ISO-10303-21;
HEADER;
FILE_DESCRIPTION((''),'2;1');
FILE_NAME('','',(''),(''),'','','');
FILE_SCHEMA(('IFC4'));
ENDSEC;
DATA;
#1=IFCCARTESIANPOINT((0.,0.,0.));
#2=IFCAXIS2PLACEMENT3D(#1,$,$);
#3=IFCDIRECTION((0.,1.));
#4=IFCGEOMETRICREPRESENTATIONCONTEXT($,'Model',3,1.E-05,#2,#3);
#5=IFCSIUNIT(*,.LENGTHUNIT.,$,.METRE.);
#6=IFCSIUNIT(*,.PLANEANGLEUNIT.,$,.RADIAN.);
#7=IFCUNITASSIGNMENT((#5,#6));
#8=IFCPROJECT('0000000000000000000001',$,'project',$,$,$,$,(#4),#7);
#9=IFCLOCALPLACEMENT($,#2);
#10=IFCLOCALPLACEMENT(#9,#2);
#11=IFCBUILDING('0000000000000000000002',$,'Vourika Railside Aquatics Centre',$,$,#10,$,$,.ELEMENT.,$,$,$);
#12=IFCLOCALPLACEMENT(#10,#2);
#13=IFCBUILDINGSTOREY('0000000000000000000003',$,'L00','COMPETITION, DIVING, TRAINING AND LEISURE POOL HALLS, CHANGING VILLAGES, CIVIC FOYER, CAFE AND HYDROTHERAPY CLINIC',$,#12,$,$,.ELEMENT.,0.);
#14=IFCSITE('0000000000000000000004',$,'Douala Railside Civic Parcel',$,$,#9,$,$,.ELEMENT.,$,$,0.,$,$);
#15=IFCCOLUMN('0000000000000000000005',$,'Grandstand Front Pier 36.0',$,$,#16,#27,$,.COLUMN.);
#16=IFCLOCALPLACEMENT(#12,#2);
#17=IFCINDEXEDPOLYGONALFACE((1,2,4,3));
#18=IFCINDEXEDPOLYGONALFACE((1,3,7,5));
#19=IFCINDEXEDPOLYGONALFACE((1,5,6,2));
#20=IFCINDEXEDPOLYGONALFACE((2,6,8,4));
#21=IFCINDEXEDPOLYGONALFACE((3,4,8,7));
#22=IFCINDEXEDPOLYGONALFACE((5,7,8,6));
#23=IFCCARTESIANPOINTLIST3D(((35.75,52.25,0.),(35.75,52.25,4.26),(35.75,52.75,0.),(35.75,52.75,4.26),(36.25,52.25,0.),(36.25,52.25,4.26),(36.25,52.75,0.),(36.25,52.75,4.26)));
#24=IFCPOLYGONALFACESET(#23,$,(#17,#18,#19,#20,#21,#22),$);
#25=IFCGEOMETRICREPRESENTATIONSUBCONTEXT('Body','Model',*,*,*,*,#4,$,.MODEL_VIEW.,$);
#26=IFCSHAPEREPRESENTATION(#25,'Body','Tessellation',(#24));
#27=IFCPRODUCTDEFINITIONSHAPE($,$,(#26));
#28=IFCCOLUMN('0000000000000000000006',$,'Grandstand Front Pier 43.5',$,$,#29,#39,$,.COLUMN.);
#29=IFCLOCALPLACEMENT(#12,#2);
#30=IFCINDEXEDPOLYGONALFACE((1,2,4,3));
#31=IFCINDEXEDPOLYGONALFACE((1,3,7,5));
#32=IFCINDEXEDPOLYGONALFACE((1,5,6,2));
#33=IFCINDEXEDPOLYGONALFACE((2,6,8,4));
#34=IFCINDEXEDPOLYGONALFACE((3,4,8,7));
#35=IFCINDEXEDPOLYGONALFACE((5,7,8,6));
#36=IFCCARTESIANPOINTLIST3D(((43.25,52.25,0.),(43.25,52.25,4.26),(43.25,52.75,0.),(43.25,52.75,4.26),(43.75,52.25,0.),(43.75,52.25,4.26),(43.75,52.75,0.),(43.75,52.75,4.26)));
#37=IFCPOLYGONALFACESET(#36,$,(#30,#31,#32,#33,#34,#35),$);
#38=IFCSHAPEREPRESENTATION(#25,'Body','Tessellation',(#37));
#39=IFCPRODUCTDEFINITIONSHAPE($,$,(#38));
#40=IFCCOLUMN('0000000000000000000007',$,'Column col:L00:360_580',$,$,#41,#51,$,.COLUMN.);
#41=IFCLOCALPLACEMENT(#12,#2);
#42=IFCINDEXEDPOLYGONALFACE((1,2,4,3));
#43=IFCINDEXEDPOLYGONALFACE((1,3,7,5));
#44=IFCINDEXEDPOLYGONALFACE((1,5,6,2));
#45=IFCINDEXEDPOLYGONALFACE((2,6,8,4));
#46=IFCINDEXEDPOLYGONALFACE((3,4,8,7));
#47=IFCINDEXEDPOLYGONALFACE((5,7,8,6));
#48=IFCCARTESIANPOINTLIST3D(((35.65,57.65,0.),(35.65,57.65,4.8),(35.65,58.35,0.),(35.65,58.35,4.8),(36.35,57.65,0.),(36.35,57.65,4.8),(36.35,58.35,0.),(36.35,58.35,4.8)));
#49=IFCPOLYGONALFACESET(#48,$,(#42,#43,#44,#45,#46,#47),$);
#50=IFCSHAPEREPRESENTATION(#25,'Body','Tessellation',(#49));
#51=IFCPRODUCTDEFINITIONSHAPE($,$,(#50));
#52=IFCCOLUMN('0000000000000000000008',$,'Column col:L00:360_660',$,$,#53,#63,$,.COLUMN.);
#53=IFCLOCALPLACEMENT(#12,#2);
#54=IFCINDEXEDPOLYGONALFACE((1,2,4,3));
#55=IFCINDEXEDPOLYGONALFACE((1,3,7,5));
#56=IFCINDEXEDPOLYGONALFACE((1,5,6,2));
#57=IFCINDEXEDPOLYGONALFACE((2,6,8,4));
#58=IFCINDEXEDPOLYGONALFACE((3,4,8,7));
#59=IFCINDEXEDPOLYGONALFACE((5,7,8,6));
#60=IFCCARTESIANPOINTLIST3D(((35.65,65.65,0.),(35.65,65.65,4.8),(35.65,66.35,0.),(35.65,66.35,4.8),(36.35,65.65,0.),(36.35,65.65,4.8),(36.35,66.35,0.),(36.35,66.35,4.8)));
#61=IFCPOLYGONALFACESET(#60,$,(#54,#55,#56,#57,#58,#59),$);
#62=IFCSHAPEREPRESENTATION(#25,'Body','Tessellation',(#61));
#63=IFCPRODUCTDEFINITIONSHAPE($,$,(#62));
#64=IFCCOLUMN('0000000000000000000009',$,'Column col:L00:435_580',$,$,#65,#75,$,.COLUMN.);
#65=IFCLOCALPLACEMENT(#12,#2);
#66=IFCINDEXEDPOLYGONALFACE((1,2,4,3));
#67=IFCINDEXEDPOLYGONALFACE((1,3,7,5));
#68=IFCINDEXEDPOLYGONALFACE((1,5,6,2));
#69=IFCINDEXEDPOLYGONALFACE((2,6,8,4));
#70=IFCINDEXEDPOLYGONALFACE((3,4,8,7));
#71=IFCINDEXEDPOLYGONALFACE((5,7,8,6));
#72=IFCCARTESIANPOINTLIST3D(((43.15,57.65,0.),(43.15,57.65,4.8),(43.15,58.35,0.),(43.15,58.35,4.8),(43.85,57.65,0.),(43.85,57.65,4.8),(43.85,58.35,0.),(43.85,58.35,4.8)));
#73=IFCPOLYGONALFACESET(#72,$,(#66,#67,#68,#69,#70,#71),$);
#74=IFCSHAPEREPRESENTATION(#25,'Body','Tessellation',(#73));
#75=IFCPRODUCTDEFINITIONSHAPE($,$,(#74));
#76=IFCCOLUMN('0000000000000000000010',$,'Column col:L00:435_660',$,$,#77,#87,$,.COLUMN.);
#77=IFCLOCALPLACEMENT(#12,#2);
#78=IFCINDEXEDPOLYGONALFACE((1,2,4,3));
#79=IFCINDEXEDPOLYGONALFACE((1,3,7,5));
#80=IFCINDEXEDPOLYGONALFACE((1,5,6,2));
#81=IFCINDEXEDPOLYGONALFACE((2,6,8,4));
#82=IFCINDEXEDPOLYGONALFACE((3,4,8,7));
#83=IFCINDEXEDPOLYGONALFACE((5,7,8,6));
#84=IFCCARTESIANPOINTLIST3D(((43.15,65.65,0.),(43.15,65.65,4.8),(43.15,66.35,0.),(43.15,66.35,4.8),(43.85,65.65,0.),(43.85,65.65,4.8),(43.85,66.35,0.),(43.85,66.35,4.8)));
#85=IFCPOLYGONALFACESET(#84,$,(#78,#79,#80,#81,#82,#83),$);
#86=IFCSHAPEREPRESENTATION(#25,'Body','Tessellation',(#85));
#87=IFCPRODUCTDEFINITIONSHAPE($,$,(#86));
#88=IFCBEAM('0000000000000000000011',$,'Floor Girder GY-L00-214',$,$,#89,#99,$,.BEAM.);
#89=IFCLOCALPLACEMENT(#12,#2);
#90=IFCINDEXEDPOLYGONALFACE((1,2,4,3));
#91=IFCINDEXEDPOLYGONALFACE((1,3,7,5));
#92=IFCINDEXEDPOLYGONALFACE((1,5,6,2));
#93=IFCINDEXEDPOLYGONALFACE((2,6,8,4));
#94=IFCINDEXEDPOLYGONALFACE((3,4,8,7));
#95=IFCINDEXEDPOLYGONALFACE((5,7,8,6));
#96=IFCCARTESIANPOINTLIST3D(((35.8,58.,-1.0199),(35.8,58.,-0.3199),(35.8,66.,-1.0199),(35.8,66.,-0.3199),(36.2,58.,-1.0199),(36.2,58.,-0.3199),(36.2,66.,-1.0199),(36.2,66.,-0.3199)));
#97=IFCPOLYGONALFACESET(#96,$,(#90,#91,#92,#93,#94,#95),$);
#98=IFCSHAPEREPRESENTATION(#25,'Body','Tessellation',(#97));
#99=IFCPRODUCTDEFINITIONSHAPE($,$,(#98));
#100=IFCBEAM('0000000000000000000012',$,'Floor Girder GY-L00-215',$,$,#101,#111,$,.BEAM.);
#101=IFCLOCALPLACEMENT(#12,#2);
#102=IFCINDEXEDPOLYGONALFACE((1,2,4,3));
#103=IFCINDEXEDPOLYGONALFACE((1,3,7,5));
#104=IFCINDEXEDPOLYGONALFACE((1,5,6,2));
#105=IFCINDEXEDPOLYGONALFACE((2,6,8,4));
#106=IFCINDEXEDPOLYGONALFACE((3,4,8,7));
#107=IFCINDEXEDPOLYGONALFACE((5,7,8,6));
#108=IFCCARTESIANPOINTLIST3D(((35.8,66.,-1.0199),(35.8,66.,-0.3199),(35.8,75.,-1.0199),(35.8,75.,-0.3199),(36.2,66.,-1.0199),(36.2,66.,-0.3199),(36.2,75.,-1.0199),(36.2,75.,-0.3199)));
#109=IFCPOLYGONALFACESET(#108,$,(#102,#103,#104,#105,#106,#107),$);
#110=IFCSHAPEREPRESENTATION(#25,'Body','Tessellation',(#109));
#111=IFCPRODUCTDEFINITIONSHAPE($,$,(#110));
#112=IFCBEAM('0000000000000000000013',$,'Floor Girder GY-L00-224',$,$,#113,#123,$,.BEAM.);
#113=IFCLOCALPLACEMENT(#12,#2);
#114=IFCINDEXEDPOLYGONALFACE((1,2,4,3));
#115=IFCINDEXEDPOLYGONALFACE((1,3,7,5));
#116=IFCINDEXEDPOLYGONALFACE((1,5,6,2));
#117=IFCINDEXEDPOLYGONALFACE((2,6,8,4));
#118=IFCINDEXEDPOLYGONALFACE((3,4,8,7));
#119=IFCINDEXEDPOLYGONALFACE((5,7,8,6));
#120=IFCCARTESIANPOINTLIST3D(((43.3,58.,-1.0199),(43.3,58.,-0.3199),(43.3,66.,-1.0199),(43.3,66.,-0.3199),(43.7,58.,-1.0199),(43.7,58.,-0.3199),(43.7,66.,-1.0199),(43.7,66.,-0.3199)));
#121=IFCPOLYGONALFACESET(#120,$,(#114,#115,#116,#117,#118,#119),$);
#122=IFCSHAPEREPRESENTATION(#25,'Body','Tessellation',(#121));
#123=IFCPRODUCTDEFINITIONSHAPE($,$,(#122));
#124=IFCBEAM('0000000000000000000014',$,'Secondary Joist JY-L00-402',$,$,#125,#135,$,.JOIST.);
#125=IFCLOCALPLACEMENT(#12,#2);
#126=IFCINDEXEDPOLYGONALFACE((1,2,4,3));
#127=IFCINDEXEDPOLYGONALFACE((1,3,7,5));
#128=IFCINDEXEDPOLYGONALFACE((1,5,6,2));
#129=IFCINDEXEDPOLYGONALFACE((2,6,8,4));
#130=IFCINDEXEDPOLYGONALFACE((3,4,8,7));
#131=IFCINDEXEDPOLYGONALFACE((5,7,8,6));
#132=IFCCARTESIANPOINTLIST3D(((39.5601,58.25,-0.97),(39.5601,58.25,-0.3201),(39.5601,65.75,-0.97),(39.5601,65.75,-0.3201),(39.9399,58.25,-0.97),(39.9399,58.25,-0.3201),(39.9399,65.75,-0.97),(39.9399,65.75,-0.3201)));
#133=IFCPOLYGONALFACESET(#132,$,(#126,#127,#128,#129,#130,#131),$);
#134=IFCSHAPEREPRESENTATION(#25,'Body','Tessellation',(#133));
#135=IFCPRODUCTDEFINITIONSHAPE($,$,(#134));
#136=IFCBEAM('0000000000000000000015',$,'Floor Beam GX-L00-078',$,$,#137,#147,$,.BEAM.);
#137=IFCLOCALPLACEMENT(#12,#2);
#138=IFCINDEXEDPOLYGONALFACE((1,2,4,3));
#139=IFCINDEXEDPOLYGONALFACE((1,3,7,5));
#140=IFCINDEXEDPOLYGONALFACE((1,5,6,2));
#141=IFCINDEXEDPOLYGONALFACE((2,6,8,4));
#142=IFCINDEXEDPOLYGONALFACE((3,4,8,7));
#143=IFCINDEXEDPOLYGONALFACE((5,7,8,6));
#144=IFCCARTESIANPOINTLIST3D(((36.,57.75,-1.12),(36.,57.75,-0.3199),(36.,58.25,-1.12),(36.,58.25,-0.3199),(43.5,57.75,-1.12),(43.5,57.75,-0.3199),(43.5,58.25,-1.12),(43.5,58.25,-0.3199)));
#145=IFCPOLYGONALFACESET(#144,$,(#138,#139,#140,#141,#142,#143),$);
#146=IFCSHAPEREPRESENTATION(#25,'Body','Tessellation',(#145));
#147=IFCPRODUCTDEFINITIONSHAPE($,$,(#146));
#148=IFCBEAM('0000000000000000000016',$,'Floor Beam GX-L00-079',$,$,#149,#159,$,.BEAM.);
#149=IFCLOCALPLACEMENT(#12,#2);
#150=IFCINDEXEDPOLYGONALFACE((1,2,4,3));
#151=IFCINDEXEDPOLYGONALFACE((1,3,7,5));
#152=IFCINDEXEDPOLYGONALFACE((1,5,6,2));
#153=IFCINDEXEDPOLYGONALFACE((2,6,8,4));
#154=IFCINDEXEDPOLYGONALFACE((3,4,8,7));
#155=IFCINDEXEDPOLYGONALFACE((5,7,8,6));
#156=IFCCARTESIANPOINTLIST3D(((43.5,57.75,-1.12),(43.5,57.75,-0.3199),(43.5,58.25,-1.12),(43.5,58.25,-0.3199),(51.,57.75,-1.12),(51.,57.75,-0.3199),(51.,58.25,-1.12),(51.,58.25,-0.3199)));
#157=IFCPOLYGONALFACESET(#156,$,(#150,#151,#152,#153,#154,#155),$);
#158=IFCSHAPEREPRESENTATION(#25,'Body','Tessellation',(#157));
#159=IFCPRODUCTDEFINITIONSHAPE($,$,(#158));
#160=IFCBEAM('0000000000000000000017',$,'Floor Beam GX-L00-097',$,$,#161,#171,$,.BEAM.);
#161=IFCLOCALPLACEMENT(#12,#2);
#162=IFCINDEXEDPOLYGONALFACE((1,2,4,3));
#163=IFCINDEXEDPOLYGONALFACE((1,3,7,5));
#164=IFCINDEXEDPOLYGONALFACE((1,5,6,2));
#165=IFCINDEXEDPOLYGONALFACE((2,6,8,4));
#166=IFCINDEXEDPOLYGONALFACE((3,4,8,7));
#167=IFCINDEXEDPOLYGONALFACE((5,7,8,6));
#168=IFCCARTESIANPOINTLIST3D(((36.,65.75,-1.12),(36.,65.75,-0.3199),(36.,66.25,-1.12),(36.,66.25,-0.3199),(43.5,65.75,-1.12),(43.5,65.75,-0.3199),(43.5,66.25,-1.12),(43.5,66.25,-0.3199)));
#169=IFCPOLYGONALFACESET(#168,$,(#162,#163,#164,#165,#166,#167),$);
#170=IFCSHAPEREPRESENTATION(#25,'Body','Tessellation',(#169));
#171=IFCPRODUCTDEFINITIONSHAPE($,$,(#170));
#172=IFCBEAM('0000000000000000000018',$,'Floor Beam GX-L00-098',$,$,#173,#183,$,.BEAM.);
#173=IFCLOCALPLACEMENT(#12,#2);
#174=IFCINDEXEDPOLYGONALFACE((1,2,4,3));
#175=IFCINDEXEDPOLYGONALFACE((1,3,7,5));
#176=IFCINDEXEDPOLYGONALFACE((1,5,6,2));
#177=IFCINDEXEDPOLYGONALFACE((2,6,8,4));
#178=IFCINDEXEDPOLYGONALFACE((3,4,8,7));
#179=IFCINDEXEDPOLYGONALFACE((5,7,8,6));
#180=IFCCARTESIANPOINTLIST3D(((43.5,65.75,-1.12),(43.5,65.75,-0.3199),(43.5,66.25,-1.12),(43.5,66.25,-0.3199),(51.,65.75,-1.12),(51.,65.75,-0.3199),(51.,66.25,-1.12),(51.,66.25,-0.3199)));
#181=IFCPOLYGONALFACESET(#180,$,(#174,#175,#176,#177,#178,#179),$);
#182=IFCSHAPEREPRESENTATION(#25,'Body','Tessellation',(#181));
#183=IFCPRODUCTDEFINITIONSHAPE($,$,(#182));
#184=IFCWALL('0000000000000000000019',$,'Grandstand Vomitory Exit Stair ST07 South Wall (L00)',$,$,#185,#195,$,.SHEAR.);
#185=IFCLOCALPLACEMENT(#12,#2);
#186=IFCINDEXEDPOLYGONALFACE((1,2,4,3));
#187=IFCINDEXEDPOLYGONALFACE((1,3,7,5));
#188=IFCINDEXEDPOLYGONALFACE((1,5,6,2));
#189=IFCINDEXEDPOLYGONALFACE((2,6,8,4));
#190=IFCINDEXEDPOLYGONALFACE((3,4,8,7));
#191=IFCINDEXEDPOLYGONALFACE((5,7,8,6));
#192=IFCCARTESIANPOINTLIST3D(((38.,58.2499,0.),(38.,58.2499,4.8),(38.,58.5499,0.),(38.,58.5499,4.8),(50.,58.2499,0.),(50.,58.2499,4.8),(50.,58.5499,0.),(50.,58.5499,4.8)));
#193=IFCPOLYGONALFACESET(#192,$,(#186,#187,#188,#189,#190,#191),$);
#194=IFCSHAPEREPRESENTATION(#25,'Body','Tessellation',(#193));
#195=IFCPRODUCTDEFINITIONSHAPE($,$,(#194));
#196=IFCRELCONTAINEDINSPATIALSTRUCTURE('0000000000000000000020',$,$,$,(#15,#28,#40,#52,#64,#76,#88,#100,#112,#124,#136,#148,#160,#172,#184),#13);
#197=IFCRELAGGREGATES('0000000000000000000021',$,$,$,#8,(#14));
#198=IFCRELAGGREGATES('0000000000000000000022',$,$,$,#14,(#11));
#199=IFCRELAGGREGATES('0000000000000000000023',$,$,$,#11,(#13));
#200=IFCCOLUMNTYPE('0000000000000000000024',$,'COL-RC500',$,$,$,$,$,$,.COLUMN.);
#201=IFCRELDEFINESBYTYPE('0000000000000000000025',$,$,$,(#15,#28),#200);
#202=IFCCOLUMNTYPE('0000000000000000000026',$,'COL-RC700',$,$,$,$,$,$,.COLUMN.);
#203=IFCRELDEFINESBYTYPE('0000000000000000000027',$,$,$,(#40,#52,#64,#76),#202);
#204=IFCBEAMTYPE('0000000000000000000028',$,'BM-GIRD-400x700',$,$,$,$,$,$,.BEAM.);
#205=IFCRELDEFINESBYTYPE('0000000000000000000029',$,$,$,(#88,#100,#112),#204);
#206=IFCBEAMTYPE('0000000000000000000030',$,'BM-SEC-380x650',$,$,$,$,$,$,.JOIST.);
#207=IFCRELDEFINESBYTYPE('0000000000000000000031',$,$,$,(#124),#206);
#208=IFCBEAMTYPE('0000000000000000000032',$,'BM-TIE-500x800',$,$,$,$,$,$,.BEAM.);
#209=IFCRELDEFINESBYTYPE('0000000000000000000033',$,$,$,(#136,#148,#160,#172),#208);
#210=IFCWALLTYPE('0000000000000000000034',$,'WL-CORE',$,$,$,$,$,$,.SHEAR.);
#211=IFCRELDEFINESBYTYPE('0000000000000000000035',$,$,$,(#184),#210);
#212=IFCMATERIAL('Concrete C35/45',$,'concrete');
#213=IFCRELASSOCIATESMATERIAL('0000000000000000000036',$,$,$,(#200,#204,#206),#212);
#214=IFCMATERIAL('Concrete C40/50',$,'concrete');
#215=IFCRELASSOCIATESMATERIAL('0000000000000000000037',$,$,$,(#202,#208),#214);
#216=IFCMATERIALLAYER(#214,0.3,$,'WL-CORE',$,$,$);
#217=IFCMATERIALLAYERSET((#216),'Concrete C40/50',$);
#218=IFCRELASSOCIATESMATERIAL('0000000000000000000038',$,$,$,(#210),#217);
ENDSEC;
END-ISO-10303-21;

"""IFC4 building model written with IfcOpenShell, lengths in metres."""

from ifc_helpers import new_model, si_unit, direction, frame, frame_2d, origin, origin_2d, place, context, subcontext, project, spatial, rectangle, extrude, material, layer, layer_set, material_profile, profile_set, type_object, element, save


model = new_model("IFC4")

# Units and contexts
model_context = context("Model", 3, precision=1e-05, world=origin(), true_north=direction((0.0, 1.0)))
body_context = subcontext(model_context, "Body", "Model", "MODEL_VIEW")
ifc_project = project(units=[si_unit("LENGTHUNIT", "METRE"), si_unit("PLANEANGLEUNIT", "RADIAN")], contexts=[model_context])

# Site, building, storey
site_placement = place(None, origin())
site = spatial("IfcSite", under=ifc_project, at=site_placement, Name="Douala Railside Civic Parcel", CompositionType="ELEMENT", RefElevation=0.0)
building_placement = place(site_placement, origin())
building = spatial("IfcBuilding", under=site, at=building_placement, Name="Vourika Railside Aquatics Centre", CompositionType="ELEMENT")
storey_placement = place(building_placement, origin())
storey = spatial("IfcBuildingStorey", under=building, at=storey_placement, Name="L00", Description="COMPETITION, DIVING, TRAINING AND LEISURE POOL HALLS, CHANGING VILLAGES, CIVIC FOYER, CAFE AND HYDROTHERAPY CLINIC", CompositionType="ELEMENT", Elevation=0.0)

# Columns
ifc_material_1 = material(Name="Concrete C35/45", Category="concrete")
ifc_material_profile_1 = material_profile(ifc_material_1, rectangle(XDim=0.5, YDim=0.5, at=origin_2d()), Name="RC 500x500")
ifc_profile_set_1 = profile_set([ifc_material_profile_1], Name="Concrete C35/45")
column_type_1 = type_object("IfcColumnType", Name="COL-RC500", PredefinedType="COLUMN", material=ifc_profile_set_1)
for number, where, z_axis, x_axis, name in (
    (1, (36.0, 52.5, 0.0), (0.0, 0.0, 1.0), (1.0, 0.0, 0.0), "Grandstand Front Pier 36.0"),
    (2, (43.5, 52.5, 0.0), (0.0, 0.0, 1.0), (1.0, 0.0, 0.0), "Grandstand Front Pier 43.5"),
):
    element("IfcColumn", number, at=place(storey_placement, frame(where, z_axis=z_axis, x_axis=x_axis)), inside=storey, type_object=column_type_1, Name=name, PredefinedType="COLUMN", context=body_context, shape_type="SweptSolid", body=[
        extrude(rectangle(XDim=0.5, YDim=0.5, at=origin_2d()), origin(), (0.0, 0.0, 1.0), 4.26),
    ])
ifc_material_2 = material(Name="Concrete C40/50", Category="concrete")
ifc_material_profile_2 = material_profile(ifc_material_2, rectangle(XDim=0.7, YDim=0.7, at=origin_2d()), Name="RC 700x700")
ifc_profile_set_2 = profile_set([ifc_material_profile_2], Name="Concrete C40/50")
column_type_2 = type_object("IfcColumnType", Name="COL-RC700", PredefinedType="COLUMN", material=ifc_profile_set_2)
for number, where, z_axis, x_axis, name in (
    (3, (36.0, 58.0, 0.0), (0.0, 0.0, 1.0), (1.0, 0.0, 0.0), "Column col:L00:360_580"),
    (4, (36.0, 66.0, 0.0), (0.0, 0.0, 1.0), (1.0, 0.0, 0.0), "Column col:L00:360_660"),
    (5, (43.5, 58.0, 0.0), (0.0, 0.0, 1.0), (1.0, 0.0, 0.0), "Column col:L00:435_580"),
    (6, (43.5, 66.0, 0.0), (0.0, 0.0, 1.0), (1.0, 0.0, 0.0), "Column col:L00:435_660"),
):
    element("IfcColumn", number, at=place(storey_placement, frame(where, z_axis=z_axis, x_axis=x_axis)), inside=storey, type_object=column_type_2, Name=name, PredefinedType="COLUMN", context=body_context, shape_type="SweptSolid", body=[
        extrude(rectangle(XDim=0.7, YDim=0.7, at=origin_2d()), origin(), (0.0, 0.0, 1.0), 4.8),
    ])

# Beams
ifc_material_profile_3 = material_profile(ifc_material_1, rectangle(XDim=0.3999, YDim=0.7, at=origin_2d()), Name="RC 400x700")
ifc_profile_set_3 = profile_set([ifc_material_profile_3], Name="Concrete C35/45")
beam_type_1 = type_object("IfcBeamType", Name="BM-GIRD-400x700", PredefinedType="BEAM", material=ifc_profile_set_3)
beam_1_placement = place(storey_placement, frame((36.0, 58.0, -0.6699), z_axis=(0.0, 1.0, 0.0), x_axis=(-1.0, 0.0, 0.0)))
element("IfcBeam", 7, at=beam_1_placement, inside=storey, type_object=beam_type_1, Name="Floor Girder GY-L00-214", PredefinedType="BEAM", context=body_context, shape_type="SweptSolid", body=[
    extrude(rectangle(XDim=0.3999, YDim=0.7, at=origin_2d()), origin(), (0.0, 0.0, 1.0), 8.0),
])
beam_2_placement = place(storey_placement, frame((36.0, 66.0, -0.6699), z_axis=(0.0, 1.0, 0.0), x_axis=(-1.0, 0.0, 0.0)))
element("IfcBeam", 8, at=beam_2_placement, inside=storey, type_object=beam_type_1, Name="Floor Girder GY-L00-215", PredefinedType="BEAM", context=body_context, shape_type="SweptSolid", body=[
    extrude(rectangle(XDim=0.3999, YDim=0.7, at=origin_2d()), origin(), (0.0, 0.0, 1.0), 9.0),
])
beam_3_placement = place(storey_placement, frame((43.5, 58.0, -0.6699), z_axis=(0.0, 1.0, 0.0), x_axis=(-1.0, 0.0, 0.0)))
element("IfcBeam", 9, at=beam_3_placement, inside=storey, type_object=beam_type_1, Name="Floor Girder GY-L00-224", PredefinedType="BEAM", context=body_context, shape_type="SweptSolid", body=[
    extrude(rectangle(XDim=0.3999, YDim=0.7, at=origin_2d()), origin(), (0.0, 0.0, 1.0), 8.0),
])
ifc_material_profile_4 = material_profile(ifc_material_1, rectangle(XDim=0.3799, YDim=0.6499, at=origin_2d()), Name="RC 380x650")
ifc_profile_set_4 = profile_set([ifc_material_profile_4], Name="Concrete C35/45")
beam_type_2 = type_object("IfcBeamType", Name="BM-SEC-380x650", PredefinedType="JOIST", material=ifc_profile_set_4)
beam_4_placement = place(storey_placement, frame((39.75, 58.25, -0.645), z_axis=(0.0, 1.0, 0.0), x_axis=(-1.0, 0.0, 0.0)))
element("IfcBeam", 10, at=beam_4_placement, inside=storey, type_object=beam_type_2, Name="Secondary Joist JY-L00-402", PredefinedType="JOIST", context=body_context, shape_type="SweptSolid", body=[
    extrude(rectangle(XDim=0.3799, YDim=0.6499, at=origin_2d()), origin(), (0.0, 0.0, 1.0), 7.5),
])
ifc_material_profile_5 = material_profile(ifc_material_2, rectangle(XDim=0.5, YDim=0.8, at=origin_2d()), Name="RC 500x800")
ifc_profile_set_5 = profile_set([ifc_material_profile_5], Name="Concrete C40/50")
beam_type_3 = type_object("IfcBeamType", Name="BM-TIE-500x800", PredefinedType="BEAM", material=ifc_profile_set_5)
for number, where, z_axis, x_axis, name in (
    (11, (36.0, 58.0, -0.72), (1.0, 0.0, 0.0), (0.0, 1.0, 0.0), "Floor Beam GX-L00-078"),
    (12, (43.5, 58.0, -0.72), (1.0, 0.0, 0.0), (0.0, 1.0, 0.0), "Floor Beam GX-L00-079"),
    (13, (36.0, 66.0, -0.72), (1.0, 0.0, 0.0), (0.0, 1.0, 0.0), "Floor Beam GX-L00-097"),
    (14, (43.5, 66.0, -0.72), (1.0, 0.0, 0.0), (0.0, 1.0, 0.0), "Floor Beam GX-L00-098"),
):
    element("IfcBeam", number, at=place(storey_placement, frame(where, z_axis=z_axis, x_axis=x_axis)), inside=storey, type_object=beam_type_3, Name=name, PredefinedType="BEAM", context=body_context, shape_type="SweptSolid", body=[
        extrude(rectangle(XDim=0.5, YDim=0.8, at=origin_2d()), origin(), (0.0, 0.0, 1.0), 7.5),
    ])

# Wall
ifc_layer_1 = layer(ifc_material_2, 0.3, Name="WL-CORE")
ifc_layer_set_1 = layer_set([ifc_layer_1], Name="Concrete C40/50")
wall_type_1 = type_object("IfcWallType", Name="WL-CORE", PredefinedType="SHEAR", material=ifc_layer_set_1)
wall_1_placement = place(storey_placement, frame((38.0, 58.3999, 0.0), z_axis=(0.0, 0.0, 1.0), x_axis=(1.0, 0.0, 0.0)))
element("IfcWall", 15, at=wall_1_placement, inside=storey, type_object=wall_type_1, Name="Grandstand Vomitory Exit Stair ST07 South Wall (L00)", PredefinedType="SHEAR", context=body_context, shape_type="SweptSolid", body=[
    extrude(rectangle(XDim=12.0, YDim=0.3, at=frame_2d((6.0, 0.0))), origin(), (0.0, 0.0, 1.0), 4.8),
])

save(model, "model.ifc")
